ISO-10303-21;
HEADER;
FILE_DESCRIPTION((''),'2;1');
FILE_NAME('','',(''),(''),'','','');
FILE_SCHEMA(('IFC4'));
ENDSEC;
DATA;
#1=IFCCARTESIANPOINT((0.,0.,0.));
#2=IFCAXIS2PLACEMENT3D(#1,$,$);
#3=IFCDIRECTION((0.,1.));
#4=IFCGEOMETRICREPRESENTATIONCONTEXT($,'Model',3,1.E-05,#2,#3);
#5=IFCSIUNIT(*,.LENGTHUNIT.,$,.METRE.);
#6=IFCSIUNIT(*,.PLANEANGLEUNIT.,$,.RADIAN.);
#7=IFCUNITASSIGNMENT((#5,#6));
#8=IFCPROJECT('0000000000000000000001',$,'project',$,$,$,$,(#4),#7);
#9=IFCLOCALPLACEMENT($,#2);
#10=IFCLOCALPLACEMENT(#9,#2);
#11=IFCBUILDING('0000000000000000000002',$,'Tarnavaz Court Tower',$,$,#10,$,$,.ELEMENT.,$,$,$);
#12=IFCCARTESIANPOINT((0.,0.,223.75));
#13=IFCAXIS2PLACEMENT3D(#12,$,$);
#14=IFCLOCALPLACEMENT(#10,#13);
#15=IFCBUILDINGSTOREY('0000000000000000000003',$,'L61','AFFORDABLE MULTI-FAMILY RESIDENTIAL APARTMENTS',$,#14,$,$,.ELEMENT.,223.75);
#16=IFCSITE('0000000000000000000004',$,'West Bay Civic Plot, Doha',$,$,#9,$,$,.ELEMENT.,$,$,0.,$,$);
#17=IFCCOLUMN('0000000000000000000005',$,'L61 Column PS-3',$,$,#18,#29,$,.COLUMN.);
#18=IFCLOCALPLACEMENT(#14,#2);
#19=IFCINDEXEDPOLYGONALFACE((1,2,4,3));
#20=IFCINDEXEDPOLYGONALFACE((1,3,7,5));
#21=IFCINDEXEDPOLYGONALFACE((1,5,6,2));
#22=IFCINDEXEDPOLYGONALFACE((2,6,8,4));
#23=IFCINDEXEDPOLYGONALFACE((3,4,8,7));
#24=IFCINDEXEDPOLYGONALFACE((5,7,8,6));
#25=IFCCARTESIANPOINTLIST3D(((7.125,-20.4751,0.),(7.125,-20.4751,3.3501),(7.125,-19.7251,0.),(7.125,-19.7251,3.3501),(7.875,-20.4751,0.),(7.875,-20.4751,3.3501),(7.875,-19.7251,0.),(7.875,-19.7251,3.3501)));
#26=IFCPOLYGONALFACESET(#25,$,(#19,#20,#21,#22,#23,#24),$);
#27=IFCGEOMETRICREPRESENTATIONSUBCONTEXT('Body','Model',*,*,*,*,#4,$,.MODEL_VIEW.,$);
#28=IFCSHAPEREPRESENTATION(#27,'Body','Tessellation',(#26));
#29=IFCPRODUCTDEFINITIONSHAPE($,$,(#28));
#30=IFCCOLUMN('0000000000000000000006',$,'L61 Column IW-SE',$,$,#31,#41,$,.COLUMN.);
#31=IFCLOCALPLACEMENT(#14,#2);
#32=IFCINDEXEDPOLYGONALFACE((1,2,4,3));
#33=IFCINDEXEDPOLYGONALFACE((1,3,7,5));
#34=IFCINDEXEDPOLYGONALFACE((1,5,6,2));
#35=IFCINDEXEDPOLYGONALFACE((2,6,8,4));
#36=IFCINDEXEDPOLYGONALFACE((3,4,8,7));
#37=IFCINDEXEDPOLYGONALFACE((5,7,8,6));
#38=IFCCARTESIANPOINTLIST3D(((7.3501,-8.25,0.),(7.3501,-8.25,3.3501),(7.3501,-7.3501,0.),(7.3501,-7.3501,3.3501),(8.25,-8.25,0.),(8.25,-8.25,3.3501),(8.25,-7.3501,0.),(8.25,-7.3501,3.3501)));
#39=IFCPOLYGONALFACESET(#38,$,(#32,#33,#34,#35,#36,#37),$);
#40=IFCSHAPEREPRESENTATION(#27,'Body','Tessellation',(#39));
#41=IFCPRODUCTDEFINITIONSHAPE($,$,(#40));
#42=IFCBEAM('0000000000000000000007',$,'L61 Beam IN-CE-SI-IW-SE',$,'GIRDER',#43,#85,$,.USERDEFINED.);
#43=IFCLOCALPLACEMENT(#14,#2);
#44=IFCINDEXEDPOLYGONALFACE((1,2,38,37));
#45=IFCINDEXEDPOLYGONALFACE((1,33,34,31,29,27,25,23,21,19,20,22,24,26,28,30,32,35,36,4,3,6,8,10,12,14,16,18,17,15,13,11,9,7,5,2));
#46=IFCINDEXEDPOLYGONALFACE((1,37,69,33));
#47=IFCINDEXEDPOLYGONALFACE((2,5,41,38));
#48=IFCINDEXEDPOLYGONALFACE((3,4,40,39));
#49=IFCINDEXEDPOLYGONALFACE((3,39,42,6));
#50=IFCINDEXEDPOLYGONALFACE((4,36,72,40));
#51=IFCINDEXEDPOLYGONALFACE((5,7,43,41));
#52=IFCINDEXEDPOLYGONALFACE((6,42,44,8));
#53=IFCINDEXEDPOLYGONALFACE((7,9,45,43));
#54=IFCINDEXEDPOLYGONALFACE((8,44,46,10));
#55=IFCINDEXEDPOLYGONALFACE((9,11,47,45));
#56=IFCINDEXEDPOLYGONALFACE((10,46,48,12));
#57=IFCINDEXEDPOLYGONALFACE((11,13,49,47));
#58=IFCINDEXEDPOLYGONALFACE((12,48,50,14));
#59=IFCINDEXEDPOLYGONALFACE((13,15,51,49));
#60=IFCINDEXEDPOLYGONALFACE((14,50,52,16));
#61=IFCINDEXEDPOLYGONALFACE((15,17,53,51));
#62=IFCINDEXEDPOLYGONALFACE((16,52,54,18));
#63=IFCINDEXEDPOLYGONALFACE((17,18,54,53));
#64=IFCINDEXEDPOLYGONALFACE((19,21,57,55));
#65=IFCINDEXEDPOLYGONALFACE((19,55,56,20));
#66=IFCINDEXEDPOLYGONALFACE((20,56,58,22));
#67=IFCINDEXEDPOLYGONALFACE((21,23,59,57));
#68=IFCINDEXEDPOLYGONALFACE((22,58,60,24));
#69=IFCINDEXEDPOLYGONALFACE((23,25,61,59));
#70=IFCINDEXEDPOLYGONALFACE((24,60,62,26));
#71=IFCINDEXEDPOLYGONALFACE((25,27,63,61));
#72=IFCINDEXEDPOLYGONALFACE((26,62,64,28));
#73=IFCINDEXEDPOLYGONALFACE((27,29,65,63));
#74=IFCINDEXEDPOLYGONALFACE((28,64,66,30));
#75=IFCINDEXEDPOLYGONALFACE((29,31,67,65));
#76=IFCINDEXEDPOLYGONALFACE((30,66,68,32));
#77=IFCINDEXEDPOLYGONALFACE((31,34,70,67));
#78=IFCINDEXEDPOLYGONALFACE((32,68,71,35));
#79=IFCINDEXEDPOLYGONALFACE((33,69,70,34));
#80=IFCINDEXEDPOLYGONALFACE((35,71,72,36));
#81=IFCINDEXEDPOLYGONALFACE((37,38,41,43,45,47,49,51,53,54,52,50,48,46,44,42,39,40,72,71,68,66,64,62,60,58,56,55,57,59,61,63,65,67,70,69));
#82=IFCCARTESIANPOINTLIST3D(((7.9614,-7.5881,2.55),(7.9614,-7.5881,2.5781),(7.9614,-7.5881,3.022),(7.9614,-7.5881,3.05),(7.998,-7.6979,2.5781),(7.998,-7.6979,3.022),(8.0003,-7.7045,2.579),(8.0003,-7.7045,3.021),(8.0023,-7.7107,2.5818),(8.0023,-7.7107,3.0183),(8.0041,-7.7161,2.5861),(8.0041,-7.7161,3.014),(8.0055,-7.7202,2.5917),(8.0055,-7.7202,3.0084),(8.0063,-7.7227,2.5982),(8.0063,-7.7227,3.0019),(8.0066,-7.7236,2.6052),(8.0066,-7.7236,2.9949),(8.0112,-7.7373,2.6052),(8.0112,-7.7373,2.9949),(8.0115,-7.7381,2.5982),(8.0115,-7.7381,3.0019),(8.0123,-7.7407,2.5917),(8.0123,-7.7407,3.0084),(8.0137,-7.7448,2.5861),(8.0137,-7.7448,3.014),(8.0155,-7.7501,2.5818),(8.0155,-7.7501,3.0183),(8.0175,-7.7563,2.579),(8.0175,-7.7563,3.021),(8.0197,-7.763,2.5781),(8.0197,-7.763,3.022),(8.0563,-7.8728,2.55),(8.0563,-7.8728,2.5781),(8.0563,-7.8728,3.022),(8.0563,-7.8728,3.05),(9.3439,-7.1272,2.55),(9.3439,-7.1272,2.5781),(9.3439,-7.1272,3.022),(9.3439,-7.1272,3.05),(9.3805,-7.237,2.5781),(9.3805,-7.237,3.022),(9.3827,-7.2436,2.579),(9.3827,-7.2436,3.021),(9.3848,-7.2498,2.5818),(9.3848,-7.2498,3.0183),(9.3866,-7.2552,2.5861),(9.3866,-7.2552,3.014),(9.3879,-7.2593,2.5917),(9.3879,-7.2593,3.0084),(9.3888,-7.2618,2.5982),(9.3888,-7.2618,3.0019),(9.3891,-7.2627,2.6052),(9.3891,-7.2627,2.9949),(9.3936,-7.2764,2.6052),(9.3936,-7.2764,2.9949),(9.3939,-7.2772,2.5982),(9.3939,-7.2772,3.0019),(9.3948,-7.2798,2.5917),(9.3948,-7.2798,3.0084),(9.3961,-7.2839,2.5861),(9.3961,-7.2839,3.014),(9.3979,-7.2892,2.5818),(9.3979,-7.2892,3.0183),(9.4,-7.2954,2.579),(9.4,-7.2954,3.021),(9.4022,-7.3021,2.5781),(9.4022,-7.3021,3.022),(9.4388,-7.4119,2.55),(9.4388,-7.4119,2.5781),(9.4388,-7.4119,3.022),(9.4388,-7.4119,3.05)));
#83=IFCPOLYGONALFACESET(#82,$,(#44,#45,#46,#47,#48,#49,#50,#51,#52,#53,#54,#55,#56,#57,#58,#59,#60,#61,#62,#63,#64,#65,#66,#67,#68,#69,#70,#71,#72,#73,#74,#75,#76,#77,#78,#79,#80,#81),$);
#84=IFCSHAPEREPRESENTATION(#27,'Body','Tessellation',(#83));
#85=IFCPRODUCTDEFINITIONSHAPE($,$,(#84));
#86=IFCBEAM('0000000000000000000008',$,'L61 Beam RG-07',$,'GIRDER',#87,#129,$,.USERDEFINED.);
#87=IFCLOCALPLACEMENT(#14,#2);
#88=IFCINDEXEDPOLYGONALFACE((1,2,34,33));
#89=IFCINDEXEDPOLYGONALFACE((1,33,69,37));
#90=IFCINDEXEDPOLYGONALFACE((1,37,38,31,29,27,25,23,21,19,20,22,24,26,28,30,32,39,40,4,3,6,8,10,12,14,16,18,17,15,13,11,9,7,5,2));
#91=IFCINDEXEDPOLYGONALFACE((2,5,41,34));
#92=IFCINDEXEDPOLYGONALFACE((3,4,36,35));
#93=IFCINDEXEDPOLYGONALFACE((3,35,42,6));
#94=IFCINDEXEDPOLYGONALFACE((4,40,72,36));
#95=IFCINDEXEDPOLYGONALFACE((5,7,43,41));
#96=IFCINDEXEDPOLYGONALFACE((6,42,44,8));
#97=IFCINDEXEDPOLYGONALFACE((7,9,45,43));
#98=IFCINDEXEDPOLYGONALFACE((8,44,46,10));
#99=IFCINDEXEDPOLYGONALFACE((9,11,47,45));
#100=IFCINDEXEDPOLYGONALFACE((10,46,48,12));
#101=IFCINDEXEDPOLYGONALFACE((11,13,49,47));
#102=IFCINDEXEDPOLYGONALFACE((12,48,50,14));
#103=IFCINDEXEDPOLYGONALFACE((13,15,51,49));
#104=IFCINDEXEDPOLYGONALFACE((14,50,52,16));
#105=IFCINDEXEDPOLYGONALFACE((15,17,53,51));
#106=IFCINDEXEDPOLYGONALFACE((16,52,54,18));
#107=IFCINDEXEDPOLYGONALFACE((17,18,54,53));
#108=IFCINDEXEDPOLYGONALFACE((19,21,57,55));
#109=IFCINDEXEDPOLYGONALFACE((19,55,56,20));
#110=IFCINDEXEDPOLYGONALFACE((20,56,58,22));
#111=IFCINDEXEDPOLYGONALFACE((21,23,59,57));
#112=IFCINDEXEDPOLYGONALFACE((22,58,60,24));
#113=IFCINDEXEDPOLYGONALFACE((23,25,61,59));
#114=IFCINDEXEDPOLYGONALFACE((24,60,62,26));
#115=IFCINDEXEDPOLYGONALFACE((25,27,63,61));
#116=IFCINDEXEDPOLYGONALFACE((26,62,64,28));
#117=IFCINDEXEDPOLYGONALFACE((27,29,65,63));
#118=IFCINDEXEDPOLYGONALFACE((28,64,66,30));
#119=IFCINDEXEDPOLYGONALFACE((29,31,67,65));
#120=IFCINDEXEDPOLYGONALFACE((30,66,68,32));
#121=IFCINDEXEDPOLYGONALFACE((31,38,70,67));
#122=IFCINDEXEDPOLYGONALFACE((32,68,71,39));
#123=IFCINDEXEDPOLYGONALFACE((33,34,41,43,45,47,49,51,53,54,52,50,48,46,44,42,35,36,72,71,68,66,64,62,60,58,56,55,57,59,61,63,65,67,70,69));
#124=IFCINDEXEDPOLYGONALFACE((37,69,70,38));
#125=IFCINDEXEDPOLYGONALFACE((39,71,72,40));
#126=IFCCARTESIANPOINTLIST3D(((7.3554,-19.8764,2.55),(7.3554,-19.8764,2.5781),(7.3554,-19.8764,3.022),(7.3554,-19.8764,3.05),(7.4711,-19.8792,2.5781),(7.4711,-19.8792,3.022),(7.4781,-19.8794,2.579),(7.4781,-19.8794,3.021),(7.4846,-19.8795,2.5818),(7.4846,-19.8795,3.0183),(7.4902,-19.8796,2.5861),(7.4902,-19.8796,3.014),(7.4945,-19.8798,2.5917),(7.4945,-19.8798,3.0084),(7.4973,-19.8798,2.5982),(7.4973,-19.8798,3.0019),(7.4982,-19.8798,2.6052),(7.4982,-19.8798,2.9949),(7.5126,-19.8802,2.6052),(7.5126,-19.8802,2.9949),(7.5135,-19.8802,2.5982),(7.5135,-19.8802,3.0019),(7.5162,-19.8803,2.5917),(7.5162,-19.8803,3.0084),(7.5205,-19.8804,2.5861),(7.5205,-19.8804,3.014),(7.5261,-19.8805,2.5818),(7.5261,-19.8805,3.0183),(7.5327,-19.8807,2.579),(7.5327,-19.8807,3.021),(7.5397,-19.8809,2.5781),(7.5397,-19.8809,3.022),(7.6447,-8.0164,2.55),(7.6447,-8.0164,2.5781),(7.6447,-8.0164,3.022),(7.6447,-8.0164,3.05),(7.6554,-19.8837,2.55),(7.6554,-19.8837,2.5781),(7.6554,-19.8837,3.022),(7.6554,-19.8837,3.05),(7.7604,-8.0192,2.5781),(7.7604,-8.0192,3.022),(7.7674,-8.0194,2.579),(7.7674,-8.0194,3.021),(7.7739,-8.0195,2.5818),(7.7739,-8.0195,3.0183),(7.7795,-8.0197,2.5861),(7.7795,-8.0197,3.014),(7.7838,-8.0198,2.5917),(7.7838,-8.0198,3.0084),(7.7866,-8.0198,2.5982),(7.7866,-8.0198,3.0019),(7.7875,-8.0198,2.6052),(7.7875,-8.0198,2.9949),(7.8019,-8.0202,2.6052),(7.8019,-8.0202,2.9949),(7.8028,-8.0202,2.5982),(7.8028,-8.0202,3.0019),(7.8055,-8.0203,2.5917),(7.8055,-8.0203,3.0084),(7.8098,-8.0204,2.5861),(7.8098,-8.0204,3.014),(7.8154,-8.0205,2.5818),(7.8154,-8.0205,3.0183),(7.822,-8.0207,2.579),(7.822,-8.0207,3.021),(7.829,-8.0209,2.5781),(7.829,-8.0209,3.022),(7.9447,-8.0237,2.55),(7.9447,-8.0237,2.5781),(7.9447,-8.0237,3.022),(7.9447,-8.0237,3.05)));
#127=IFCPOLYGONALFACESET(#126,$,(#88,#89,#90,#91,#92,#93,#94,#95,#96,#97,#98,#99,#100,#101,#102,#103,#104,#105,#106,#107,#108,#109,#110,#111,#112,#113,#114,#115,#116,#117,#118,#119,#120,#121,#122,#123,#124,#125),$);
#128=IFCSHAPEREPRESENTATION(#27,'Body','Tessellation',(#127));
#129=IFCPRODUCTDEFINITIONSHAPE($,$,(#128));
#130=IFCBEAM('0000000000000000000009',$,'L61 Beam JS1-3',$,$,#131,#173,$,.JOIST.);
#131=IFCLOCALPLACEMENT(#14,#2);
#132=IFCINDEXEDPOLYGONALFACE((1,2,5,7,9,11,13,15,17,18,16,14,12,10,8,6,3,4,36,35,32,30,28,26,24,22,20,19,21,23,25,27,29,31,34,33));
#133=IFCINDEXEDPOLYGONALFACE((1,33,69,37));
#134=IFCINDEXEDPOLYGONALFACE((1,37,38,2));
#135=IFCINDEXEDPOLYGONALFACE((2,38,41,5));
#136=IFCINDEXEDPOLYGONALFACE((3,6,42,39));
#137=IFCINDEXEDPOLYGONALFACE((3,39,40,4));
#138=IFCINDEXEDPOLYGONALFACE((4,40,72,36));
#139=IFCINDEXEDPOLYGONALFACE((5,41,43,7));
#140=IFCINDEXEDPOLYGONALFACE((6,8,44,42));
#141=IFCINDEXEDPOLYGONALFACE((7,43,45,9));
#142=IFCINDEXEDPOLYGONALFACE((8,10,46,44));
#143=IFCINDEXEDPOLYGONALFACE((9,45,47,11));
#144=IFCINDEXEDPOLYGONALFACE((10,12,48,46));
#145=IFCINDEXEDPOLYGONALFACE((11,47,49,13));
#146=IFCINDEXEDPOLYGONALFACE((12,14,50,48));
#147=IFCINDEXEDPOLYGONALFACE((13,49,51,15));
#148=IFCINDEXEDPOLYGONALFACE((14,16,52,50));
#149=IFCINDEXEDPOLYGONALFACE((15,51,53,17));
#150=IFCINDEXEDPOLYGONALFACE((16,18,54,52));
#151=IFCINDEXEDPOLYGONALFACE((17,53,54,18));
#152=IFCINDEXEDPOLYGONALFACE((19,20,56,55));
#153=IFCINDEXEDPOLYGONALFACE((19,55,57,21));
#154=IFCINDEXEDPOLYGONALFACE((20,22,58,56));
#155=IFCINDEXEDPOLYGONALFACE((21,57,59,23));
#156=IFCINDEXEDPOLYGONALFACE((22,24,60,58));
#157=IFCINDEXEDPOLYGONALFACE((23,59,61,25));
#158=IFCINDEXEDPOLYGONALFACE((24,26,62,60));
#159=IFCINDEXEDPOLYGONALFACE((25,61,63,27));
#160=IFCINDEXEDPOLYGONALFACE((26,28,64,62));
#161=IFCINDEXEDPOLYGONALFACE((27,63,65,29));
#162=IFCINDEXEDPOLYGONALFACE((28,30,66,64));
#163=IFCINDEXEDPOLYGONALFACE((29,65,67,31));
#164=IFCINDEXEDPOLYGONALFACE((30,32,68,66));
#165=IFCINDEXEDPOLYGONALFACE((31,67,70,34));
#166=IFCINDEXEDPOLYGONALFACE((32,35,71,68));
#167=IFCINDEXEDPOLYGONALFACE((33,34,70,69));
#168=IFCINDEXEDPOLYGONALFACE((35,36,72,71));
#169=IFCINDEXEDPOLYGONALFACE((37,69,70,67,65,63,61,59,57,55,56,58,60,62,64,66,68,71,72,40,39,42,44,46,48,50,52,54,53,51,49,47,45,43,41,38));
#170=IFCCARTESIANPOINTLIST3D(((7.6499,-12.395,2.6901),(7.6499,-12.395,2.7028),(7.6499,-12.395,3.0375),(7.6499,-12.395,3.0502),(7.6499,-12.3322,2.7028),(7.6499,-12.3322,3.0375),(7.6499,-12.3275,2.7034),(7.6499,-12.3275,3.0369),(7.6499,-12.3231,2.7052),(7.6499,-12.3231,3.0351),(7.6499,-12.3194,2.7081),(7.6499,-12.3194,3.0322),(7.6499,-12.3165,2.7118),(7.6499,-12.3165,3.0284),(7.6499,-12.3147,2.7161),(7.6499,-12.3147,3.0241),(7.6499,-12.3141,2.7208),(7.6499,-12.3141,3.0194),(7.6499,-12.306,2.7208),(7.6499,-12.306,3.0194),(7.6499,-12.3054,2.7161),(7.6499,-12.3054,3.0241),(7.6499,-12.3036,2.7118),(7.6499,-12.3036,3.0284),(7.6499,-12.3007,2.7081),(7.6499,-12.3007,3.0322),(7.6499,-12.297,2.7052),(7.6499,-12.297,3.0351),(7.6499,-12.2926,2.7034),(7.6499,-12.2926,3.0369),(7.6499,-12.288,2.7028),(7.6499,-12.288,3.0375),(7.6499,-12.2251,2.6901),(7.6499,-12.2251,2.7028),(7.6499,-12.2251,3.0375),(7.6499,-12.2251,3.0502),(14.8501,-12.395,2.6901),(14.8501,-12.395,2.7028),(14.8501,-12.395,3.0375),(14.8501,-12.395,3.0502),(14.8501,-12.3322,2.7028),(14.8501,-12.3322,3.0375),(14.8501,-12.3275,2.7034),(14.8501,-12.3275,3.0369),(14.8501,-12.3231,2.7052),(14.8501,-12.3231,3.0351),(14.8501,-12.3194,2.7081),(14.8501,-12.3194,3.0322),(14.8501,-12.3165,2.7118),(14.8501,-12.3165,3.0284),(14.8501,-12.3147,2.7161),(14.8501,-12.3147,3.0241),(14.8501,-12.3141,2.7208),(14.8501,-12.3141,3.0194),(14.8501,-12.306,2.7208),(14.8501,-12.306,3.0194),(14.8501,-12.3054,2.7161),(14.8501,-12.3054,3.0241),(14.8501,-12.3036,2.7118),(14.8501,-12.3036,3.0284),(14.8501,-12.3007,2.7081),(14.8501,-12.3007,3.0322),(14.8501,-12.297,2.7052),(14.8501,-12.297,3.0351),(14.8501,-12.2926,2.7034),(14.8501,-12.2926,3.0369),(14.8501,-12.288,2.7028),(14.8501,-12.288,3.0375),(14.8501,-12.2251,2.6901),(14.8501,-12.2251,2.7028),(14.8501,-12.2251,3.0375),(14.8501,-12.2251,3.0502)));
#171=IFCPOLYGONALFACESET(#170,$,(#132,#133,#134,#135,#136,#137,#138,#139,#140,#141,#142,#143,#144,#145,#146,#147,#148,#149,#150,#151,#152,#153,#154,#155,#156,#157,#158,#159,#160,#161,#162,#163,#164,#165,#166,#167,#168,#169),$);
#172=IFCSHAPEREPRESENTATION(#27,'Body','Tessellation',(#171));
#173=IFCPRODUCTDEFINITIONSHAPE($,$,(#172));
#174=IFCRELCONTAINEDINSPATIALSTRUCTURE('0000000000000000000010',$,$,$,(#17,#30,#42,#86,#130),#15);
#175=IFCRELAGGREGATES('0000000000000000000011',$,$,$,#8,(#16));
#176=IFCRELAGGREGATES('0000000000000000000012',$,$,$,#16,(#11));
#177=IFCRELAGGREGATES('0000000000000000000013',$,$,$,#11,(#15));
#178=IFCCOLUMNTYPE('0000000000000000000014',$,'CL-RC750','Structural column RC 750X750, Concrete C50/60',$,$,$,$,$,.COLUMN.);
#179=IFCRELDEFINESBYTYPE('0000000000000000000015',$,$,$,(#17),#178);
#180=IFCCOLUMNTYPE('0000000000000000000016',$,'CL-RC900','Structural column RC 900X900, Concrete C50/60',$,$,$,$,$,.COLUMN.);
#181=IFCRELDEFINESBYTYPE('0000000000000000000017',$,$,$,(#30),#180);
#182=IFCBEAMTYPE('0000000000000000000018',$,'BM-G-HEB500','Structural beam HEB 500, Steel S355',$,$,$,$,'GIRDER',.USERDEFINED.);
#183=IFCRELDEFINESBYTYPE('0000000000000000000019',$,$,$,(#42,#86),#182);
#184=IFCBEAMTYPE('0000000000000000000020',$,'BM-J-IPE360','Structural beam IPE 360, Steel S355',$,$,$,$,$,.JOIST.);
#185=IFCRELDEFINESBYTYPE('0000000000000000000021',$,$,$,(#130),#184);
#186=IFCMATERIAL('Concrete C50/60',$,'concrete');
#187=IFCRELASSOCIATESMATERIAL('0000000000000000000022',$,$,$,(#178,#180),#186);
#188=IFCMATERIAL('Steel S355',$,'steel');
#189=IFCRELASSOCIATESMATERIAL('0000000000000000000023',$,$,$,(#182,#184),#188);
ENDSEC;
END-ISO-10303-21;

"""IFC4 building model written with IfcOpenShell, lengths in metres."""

from ifc_helpers import new_model, si_unit, direction, frame, origin, origin_2d, place, context, subcontext, project, spatial, rectangle, i_section, extrude, material, material_profile, profile_set, type_object, element, save


model = new_model("IFC4")

# Units and contexts
model_context = context("Model", 3, precision=1e-05, world=origin(), true_north=direction((0.0, 1.0)))
body_context = subcontext(model_context, "Body", "Model", "MODEL_VIEW")
ifc_project = project(units=[si_unit("LENGTHUNIT", "METRE"), si_unit("PLANEANGLEUNIT", "RADIAN")], contexts=[model_context])

# Site, building, storey
site_placement = place(None, origin())
site = spatial("IfcSite", under=ifc_project, at=site_placement, Name="West Bay Civic Plot, Doha", CompositionType="ELEMENT", RefElevation=0.0)
building_placement = place(site_placement, origin())
building = spatial("IfcBuilding", under=site, at=building_placement, Name="Tarnavaz Court Tower", CompositionType="ELEMENT")
storey_placement = place(building_placement, frame((0.0, 0.0, 223.75)))
storey = spatial("IfcBuildingStorey", under=building, at=storey_placement, Name="L61", Description="AFFORDABLE MULTI-FAMILY RESIDENTIAL APARTMENTS", CompositionType="ELEMENT", Elevation=223.75)

# Columns
ifc_material_1 = material(Name="Concrete C50/60", Category="concrete")
ifc_material_profile_1 = material_profile(ifc_material_1, rectangle(XDim=0.75, YDim=0.75, at=origin_2d()), Name="RC 750X750")
ifc_profile_set_1 = profile_set([ifc_material_profile_1], Name="Concrete C50/60")
column_type_1 = type_object("IfcColumnType", Name="CL-RC750", Description="Structural column RC 750X750, Concrete C50/60", PredefinedType="COLUMN", material=ifc_profile_set_1)
column_1_placement = place(storey_placement, frame((7.5, -20.1001, 0.0), z_axis=(0.0, 0.0, 1.0), x_axis=(1.0, 0.0, 0.0)))
element("IfcColumn", 1, at=column_1_placement, inside=storey, type_object=column_type_1, Name="L61 Column PS-3", PredefinedType="COLUMN", context=body_context, shape_type="SweptSolid", body=[
    extrude(rectangle(XDim=0.75, YDim=0.75, at=origin_2d()), origin(), (0.0, 0.0, 1.0), 3.3501),
])
ifc_material_profile_2 = material_profile(ifc_material_1, rectangle(XDim=0.8999, YDim=0.8999, at=origin_2d()), Name="RC 900X900")
ifc_profile_set_2 = profile_set([ifc_material_profile_2], Name="Concrete C50/60")
column_type_2 = type_object("IfcColumnType", Name="CL-RC900", Description="Structural column RC 900X900, Concrete C50/60", PredefinedType="COLUMN", material=ifc_profile_set_2)
column_2_placement = place(storey_placement, frame((7.8, -7.8, 0.0), z_axis=(0.0, 0.0, 1.0), x_axis=(1.0, 0.0, 0.0)))
element("IfcColumn", 2, at=column_2_placement, inside=storey, type_object=column_type_2, Name="L61 Column IW-SE", PredefinedType="COLUMN", context=body_context, shape_type="SweptSolid", body=[
    extrude(rectangle(XDim=0.8999, YDim=0.8999, at=origin_2d()), origin(), (0.0, 0.0, 1.0), 3.3501),
])

# Beams
ifc_material_2 = material(Name="Steel S355", Category="steel")
ifc_material_profile_3 = material_profile(ifc_material_2, i_section(OverallWidth=0.3, OverallDepth=0.5, WebThickness=0.0144, FlangeThickness=0.0281, FilletRadius=0.0271, at=origin_2d()), Name="HEB 500")
ifc_profile_set_3 = profile_set([ifc_material_profile_3], Name="Steel S355")
beam_type_1 = type_object("IfcBeamType", Name="BM-G-HEB500", Description="Structural beam HEB 500, Steel S355", ElementType="GIRDER", PredefinedType="USERDEFINED", material=ifc_profile_set_3)
beam_1_placement = place(storey_placement, frame((9.3914, -7.2695, 2.8), z_axis=(-0.948667, -0.316278, 0.0), x_axis=(0.316278, -0.948667, 0.0)))
element("IfcBeam", 3, at=beam_1_placement, inside=storey, type_object=beam_type_1, Name="L61 Beam IN-CE-SI-IW-SE", ObjectType="GIRDER", PredefinedType="USERDEFINED", context=body_context, shape_type="SweptSolid", body=[
    extrude(i_section(OverallWidth=0.3, OverallDepth=0.5, WebThickness=0.0144, FlangeThickness=0.0281, FilletRadius=0.0271, at=origin_2d()), origin(), (0.0, 0.0, 1.0), 1.4573),
])
beam_2_placement = place(storey_placement, frame((7.7947, -8.02, 2.8), z_axis=(-0.024386, -0.999703, 0.0), x_axis=(0.999703, -0.024386, 0.0)))
element("IfcBeam", 4, at=beam_2_placement, inside=storey, type_object=beam_type_1, Name="L61 Beam RG-07", ObjectType="GIRDER", PredefinedType="USERDEFINED", context=body_context, shape_type="SweptSolid", body=[
    extrude(i_section(OverallWidth=0.3, OverallDepth=0.5, WebThickness=0.0144, FlangeThickness=0.0281, FilletRadius=0.0271, at=origin_2d()), origin(), (0.0, 0.0, 1.0), 11.8635),
])
ifc_material_profile_4 = material_profile(ifc_material_2, i_section(OverallWidth=0.1699, OverallDepth=0.3601, WebThickness=0.0081, FlangeThickness=0.0127, FilletRadius=0.0181, at=origin_2d()), Name="IPE 360")
ifc_profile_set_4 = profile_set([ifc_material_profile_4], Name="Steel S355")
beam_type_2 = type_object("IfcBeamType", Name="BM-J-IPE360", Description="Structural beam IPE 360, Steel S355", PredefinedType="JOIST", material=ifc_profile_set_4)
for number, where, z_axis, x_axis, name in (
    (5, (7.6499, -12.3101, 2.8701), (1.0, 0.0, 0.0), (0.0, 1.0, 0.0), "L61 Beam JS1-3"),
):
    element("IfcBeam", number, at=place(storey_placement, frame(where, z_axis=z_axis, x_axis=x_axis)), inside=storey, type_object=beam_type_2, Name=name, PredefinedType="JOIST", context=body_context, shape_type="SweptSolid", body=[
        extrude(i_section(OverallWidth=0.1699, OverallDepth=0.3601, WebThickness=0.0081, FlangeThickness=0.0127, FilletRadius=0.0181, at=origin_2d()), origin(), (0.0, 0.0, 1.0), 7.2002),
    ])

save(model, "model.ifc")
